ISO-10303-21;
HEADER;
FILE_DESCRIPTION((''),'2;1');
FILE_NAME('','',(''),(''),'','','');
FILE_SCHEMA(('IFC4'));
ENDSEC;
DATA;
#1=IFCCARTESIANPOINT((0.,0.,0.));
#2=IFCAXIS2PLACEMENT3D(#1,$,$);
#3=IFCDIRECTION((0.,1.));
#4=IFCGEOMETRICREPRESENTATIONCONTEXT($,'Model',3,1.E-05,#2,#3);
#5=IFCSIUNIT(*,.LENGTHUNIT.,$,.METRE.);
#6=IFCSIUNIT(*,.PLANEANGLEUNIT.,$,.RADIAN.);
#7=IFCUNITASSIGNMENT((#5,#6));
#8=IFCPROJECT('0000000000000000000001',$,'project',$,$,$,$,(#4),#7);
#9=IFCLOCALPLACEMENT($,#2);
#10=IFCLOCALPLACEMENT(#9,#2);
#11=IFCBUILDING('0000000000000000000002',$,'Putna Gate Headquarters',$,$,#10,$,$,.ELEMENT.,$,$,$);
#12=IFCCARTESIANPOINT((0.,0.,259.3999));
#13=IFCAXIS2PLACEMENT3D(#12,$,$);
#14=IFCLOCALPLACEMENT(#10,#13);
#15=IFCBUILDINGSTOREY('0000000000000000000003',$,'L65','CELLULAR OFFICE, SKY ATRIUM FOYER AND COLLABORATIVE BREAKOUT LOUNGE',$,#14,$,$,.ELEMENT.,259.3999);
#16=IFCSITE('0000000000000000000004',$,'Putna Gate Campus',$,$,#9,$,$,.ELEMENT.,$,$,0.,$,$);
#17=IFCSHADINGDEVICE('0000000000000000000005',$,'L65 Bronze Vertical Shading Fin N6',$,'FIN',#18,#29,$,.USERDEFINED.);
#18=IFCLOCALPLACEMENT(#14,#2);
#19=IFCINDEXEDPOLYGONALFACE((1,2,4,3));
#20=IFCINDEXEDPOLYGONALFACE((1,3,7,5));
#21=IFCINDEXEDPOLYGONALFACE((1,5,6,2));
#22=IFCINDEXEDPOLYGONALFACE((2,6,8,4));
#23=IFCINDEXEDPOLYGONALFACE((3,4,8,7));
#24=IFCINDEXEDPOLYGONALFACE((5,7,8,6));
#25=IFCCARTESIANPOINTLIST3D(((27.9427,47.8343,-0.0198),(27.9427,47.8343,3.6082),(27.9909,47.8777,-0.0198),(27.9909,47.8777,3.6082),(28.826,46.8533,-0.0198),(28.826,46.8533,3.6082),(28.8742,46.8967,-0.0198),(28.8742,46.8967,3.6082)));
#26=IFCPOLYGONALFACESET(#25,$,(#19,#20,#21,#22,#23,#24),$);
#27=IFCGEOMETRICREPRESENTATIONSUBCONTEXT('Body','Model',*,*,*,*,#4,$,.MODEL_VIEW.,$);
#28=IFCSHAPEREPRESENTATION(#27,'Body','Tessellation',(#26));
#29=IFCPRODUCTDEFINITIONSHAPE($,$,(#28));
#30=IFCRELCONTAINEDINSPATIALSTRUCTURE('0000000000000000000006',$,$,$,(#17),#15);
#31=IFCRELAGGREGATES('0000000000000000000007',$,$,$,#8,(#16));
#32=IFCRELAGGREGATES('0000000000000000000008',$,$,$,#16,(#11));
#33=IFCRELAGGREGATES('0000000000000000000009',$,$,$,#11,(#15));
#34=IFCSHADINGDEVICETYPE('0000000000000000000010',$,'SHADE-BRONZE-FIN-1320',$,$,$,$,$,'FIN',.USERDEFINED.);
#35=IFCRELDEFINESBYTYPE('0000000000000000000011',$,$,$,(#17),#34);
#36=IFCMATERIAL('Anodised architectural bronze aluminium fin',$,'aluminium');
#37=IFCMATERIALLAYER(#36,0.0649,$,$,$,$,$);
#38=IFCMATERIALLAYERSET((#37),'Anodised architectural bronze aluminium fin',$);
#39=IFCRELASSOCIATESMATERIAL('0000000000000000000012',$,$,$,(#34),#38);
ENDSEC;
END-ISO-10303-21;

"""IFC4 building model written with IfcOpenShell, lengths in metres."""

from ifc_helpers import new_model, si_unit, direction, frame, origin, origin_2d, place, context, subcontext, project, spatial, rectangle, extrude, material, layer, layer_set, type_object, element, save


model = new_model("IFC4")

# Units and contexts
model_context = context("Model", 3, precision=1e-05, world=origin(), true_north=direction((0.0, 1.0)))
body_context = subcontext(model_context, "Body", "Model", "MODEL_VIEW")
ifc_project = project(units=[si_unit("LENGTHUNIT", "METRE"), si_unit("PLANEANGLEUNIT", "RADIAN")], contexts=[model_context])

# Site, building, storey
site_placement = place(None, origin())
site = spatial("IfcSite", under=ifc_project, at=site_placement, Name="Putna Gate Campus", CompositionType="ELEMENT", RefElevation=0.0)
building_placement = place(site_placement, origin())
building = spatial("IfcBuilding", under=site, at=building_placement, Name="Putna Gate Headquarters", CompositionType="ELEMENT")
storey_placement = place(building_placement, frame((0.0, 0.0, 259.3999)))
storey = spatial("IfcBuildingStorey", under=building, at=storey_placement, Name="L65", Description="CELLULAR OFFICE, SKY ATRIUM FOYER AND COLLABORATIVE BREAKOUT LOUNGE", CompositionType="ELEMENT", Elevation=259.3999)

# Shading device
ifc_material_1 = material(Name="Anodised architectural bronze aluminium fin", Category="aluminium")
ifc_layer_1 = layer(ifc_material_1, 0.0649)
ifc_layer_set_1 = layer_set([ifc_layer_1], Name="Anodised architectural bronze aluminium fin")
shading_device_type = type_object("IfcShadingDeviceType", Name="SHADE-BRONZE-FIN-1320", ElementType="FIN", PredefinedType="USERDEFINED", material=ifc_layer_set_1)
for number, where, z_axis, x_axis, name in (
    (1, (28.4084, 47.3655, -0.0198), (0.0, 0.0, 1.0), (-0.669131, 0.743145, 0.0), "L65 Bronze Vertical Shading Fin N6"),
):
    element("IfcShadingDevice", number, at=place(storey_placement, frame(where, z_axis=z_axis, x_axis=x_axis)), inside=storey, type_object=shading_device_type, Name=name, ObjectType="FIN", PredefinedType="USERDEFINED", context=body_context, shape_type="SweptSolid", body=[
        extrude(rectangle(XDim=1.3201, YDim=0.0649, at=origin_2d()), origin(), (0.0, 0.0, 1.0), 3.6279),
    ])

save(model, "model.ifc")
